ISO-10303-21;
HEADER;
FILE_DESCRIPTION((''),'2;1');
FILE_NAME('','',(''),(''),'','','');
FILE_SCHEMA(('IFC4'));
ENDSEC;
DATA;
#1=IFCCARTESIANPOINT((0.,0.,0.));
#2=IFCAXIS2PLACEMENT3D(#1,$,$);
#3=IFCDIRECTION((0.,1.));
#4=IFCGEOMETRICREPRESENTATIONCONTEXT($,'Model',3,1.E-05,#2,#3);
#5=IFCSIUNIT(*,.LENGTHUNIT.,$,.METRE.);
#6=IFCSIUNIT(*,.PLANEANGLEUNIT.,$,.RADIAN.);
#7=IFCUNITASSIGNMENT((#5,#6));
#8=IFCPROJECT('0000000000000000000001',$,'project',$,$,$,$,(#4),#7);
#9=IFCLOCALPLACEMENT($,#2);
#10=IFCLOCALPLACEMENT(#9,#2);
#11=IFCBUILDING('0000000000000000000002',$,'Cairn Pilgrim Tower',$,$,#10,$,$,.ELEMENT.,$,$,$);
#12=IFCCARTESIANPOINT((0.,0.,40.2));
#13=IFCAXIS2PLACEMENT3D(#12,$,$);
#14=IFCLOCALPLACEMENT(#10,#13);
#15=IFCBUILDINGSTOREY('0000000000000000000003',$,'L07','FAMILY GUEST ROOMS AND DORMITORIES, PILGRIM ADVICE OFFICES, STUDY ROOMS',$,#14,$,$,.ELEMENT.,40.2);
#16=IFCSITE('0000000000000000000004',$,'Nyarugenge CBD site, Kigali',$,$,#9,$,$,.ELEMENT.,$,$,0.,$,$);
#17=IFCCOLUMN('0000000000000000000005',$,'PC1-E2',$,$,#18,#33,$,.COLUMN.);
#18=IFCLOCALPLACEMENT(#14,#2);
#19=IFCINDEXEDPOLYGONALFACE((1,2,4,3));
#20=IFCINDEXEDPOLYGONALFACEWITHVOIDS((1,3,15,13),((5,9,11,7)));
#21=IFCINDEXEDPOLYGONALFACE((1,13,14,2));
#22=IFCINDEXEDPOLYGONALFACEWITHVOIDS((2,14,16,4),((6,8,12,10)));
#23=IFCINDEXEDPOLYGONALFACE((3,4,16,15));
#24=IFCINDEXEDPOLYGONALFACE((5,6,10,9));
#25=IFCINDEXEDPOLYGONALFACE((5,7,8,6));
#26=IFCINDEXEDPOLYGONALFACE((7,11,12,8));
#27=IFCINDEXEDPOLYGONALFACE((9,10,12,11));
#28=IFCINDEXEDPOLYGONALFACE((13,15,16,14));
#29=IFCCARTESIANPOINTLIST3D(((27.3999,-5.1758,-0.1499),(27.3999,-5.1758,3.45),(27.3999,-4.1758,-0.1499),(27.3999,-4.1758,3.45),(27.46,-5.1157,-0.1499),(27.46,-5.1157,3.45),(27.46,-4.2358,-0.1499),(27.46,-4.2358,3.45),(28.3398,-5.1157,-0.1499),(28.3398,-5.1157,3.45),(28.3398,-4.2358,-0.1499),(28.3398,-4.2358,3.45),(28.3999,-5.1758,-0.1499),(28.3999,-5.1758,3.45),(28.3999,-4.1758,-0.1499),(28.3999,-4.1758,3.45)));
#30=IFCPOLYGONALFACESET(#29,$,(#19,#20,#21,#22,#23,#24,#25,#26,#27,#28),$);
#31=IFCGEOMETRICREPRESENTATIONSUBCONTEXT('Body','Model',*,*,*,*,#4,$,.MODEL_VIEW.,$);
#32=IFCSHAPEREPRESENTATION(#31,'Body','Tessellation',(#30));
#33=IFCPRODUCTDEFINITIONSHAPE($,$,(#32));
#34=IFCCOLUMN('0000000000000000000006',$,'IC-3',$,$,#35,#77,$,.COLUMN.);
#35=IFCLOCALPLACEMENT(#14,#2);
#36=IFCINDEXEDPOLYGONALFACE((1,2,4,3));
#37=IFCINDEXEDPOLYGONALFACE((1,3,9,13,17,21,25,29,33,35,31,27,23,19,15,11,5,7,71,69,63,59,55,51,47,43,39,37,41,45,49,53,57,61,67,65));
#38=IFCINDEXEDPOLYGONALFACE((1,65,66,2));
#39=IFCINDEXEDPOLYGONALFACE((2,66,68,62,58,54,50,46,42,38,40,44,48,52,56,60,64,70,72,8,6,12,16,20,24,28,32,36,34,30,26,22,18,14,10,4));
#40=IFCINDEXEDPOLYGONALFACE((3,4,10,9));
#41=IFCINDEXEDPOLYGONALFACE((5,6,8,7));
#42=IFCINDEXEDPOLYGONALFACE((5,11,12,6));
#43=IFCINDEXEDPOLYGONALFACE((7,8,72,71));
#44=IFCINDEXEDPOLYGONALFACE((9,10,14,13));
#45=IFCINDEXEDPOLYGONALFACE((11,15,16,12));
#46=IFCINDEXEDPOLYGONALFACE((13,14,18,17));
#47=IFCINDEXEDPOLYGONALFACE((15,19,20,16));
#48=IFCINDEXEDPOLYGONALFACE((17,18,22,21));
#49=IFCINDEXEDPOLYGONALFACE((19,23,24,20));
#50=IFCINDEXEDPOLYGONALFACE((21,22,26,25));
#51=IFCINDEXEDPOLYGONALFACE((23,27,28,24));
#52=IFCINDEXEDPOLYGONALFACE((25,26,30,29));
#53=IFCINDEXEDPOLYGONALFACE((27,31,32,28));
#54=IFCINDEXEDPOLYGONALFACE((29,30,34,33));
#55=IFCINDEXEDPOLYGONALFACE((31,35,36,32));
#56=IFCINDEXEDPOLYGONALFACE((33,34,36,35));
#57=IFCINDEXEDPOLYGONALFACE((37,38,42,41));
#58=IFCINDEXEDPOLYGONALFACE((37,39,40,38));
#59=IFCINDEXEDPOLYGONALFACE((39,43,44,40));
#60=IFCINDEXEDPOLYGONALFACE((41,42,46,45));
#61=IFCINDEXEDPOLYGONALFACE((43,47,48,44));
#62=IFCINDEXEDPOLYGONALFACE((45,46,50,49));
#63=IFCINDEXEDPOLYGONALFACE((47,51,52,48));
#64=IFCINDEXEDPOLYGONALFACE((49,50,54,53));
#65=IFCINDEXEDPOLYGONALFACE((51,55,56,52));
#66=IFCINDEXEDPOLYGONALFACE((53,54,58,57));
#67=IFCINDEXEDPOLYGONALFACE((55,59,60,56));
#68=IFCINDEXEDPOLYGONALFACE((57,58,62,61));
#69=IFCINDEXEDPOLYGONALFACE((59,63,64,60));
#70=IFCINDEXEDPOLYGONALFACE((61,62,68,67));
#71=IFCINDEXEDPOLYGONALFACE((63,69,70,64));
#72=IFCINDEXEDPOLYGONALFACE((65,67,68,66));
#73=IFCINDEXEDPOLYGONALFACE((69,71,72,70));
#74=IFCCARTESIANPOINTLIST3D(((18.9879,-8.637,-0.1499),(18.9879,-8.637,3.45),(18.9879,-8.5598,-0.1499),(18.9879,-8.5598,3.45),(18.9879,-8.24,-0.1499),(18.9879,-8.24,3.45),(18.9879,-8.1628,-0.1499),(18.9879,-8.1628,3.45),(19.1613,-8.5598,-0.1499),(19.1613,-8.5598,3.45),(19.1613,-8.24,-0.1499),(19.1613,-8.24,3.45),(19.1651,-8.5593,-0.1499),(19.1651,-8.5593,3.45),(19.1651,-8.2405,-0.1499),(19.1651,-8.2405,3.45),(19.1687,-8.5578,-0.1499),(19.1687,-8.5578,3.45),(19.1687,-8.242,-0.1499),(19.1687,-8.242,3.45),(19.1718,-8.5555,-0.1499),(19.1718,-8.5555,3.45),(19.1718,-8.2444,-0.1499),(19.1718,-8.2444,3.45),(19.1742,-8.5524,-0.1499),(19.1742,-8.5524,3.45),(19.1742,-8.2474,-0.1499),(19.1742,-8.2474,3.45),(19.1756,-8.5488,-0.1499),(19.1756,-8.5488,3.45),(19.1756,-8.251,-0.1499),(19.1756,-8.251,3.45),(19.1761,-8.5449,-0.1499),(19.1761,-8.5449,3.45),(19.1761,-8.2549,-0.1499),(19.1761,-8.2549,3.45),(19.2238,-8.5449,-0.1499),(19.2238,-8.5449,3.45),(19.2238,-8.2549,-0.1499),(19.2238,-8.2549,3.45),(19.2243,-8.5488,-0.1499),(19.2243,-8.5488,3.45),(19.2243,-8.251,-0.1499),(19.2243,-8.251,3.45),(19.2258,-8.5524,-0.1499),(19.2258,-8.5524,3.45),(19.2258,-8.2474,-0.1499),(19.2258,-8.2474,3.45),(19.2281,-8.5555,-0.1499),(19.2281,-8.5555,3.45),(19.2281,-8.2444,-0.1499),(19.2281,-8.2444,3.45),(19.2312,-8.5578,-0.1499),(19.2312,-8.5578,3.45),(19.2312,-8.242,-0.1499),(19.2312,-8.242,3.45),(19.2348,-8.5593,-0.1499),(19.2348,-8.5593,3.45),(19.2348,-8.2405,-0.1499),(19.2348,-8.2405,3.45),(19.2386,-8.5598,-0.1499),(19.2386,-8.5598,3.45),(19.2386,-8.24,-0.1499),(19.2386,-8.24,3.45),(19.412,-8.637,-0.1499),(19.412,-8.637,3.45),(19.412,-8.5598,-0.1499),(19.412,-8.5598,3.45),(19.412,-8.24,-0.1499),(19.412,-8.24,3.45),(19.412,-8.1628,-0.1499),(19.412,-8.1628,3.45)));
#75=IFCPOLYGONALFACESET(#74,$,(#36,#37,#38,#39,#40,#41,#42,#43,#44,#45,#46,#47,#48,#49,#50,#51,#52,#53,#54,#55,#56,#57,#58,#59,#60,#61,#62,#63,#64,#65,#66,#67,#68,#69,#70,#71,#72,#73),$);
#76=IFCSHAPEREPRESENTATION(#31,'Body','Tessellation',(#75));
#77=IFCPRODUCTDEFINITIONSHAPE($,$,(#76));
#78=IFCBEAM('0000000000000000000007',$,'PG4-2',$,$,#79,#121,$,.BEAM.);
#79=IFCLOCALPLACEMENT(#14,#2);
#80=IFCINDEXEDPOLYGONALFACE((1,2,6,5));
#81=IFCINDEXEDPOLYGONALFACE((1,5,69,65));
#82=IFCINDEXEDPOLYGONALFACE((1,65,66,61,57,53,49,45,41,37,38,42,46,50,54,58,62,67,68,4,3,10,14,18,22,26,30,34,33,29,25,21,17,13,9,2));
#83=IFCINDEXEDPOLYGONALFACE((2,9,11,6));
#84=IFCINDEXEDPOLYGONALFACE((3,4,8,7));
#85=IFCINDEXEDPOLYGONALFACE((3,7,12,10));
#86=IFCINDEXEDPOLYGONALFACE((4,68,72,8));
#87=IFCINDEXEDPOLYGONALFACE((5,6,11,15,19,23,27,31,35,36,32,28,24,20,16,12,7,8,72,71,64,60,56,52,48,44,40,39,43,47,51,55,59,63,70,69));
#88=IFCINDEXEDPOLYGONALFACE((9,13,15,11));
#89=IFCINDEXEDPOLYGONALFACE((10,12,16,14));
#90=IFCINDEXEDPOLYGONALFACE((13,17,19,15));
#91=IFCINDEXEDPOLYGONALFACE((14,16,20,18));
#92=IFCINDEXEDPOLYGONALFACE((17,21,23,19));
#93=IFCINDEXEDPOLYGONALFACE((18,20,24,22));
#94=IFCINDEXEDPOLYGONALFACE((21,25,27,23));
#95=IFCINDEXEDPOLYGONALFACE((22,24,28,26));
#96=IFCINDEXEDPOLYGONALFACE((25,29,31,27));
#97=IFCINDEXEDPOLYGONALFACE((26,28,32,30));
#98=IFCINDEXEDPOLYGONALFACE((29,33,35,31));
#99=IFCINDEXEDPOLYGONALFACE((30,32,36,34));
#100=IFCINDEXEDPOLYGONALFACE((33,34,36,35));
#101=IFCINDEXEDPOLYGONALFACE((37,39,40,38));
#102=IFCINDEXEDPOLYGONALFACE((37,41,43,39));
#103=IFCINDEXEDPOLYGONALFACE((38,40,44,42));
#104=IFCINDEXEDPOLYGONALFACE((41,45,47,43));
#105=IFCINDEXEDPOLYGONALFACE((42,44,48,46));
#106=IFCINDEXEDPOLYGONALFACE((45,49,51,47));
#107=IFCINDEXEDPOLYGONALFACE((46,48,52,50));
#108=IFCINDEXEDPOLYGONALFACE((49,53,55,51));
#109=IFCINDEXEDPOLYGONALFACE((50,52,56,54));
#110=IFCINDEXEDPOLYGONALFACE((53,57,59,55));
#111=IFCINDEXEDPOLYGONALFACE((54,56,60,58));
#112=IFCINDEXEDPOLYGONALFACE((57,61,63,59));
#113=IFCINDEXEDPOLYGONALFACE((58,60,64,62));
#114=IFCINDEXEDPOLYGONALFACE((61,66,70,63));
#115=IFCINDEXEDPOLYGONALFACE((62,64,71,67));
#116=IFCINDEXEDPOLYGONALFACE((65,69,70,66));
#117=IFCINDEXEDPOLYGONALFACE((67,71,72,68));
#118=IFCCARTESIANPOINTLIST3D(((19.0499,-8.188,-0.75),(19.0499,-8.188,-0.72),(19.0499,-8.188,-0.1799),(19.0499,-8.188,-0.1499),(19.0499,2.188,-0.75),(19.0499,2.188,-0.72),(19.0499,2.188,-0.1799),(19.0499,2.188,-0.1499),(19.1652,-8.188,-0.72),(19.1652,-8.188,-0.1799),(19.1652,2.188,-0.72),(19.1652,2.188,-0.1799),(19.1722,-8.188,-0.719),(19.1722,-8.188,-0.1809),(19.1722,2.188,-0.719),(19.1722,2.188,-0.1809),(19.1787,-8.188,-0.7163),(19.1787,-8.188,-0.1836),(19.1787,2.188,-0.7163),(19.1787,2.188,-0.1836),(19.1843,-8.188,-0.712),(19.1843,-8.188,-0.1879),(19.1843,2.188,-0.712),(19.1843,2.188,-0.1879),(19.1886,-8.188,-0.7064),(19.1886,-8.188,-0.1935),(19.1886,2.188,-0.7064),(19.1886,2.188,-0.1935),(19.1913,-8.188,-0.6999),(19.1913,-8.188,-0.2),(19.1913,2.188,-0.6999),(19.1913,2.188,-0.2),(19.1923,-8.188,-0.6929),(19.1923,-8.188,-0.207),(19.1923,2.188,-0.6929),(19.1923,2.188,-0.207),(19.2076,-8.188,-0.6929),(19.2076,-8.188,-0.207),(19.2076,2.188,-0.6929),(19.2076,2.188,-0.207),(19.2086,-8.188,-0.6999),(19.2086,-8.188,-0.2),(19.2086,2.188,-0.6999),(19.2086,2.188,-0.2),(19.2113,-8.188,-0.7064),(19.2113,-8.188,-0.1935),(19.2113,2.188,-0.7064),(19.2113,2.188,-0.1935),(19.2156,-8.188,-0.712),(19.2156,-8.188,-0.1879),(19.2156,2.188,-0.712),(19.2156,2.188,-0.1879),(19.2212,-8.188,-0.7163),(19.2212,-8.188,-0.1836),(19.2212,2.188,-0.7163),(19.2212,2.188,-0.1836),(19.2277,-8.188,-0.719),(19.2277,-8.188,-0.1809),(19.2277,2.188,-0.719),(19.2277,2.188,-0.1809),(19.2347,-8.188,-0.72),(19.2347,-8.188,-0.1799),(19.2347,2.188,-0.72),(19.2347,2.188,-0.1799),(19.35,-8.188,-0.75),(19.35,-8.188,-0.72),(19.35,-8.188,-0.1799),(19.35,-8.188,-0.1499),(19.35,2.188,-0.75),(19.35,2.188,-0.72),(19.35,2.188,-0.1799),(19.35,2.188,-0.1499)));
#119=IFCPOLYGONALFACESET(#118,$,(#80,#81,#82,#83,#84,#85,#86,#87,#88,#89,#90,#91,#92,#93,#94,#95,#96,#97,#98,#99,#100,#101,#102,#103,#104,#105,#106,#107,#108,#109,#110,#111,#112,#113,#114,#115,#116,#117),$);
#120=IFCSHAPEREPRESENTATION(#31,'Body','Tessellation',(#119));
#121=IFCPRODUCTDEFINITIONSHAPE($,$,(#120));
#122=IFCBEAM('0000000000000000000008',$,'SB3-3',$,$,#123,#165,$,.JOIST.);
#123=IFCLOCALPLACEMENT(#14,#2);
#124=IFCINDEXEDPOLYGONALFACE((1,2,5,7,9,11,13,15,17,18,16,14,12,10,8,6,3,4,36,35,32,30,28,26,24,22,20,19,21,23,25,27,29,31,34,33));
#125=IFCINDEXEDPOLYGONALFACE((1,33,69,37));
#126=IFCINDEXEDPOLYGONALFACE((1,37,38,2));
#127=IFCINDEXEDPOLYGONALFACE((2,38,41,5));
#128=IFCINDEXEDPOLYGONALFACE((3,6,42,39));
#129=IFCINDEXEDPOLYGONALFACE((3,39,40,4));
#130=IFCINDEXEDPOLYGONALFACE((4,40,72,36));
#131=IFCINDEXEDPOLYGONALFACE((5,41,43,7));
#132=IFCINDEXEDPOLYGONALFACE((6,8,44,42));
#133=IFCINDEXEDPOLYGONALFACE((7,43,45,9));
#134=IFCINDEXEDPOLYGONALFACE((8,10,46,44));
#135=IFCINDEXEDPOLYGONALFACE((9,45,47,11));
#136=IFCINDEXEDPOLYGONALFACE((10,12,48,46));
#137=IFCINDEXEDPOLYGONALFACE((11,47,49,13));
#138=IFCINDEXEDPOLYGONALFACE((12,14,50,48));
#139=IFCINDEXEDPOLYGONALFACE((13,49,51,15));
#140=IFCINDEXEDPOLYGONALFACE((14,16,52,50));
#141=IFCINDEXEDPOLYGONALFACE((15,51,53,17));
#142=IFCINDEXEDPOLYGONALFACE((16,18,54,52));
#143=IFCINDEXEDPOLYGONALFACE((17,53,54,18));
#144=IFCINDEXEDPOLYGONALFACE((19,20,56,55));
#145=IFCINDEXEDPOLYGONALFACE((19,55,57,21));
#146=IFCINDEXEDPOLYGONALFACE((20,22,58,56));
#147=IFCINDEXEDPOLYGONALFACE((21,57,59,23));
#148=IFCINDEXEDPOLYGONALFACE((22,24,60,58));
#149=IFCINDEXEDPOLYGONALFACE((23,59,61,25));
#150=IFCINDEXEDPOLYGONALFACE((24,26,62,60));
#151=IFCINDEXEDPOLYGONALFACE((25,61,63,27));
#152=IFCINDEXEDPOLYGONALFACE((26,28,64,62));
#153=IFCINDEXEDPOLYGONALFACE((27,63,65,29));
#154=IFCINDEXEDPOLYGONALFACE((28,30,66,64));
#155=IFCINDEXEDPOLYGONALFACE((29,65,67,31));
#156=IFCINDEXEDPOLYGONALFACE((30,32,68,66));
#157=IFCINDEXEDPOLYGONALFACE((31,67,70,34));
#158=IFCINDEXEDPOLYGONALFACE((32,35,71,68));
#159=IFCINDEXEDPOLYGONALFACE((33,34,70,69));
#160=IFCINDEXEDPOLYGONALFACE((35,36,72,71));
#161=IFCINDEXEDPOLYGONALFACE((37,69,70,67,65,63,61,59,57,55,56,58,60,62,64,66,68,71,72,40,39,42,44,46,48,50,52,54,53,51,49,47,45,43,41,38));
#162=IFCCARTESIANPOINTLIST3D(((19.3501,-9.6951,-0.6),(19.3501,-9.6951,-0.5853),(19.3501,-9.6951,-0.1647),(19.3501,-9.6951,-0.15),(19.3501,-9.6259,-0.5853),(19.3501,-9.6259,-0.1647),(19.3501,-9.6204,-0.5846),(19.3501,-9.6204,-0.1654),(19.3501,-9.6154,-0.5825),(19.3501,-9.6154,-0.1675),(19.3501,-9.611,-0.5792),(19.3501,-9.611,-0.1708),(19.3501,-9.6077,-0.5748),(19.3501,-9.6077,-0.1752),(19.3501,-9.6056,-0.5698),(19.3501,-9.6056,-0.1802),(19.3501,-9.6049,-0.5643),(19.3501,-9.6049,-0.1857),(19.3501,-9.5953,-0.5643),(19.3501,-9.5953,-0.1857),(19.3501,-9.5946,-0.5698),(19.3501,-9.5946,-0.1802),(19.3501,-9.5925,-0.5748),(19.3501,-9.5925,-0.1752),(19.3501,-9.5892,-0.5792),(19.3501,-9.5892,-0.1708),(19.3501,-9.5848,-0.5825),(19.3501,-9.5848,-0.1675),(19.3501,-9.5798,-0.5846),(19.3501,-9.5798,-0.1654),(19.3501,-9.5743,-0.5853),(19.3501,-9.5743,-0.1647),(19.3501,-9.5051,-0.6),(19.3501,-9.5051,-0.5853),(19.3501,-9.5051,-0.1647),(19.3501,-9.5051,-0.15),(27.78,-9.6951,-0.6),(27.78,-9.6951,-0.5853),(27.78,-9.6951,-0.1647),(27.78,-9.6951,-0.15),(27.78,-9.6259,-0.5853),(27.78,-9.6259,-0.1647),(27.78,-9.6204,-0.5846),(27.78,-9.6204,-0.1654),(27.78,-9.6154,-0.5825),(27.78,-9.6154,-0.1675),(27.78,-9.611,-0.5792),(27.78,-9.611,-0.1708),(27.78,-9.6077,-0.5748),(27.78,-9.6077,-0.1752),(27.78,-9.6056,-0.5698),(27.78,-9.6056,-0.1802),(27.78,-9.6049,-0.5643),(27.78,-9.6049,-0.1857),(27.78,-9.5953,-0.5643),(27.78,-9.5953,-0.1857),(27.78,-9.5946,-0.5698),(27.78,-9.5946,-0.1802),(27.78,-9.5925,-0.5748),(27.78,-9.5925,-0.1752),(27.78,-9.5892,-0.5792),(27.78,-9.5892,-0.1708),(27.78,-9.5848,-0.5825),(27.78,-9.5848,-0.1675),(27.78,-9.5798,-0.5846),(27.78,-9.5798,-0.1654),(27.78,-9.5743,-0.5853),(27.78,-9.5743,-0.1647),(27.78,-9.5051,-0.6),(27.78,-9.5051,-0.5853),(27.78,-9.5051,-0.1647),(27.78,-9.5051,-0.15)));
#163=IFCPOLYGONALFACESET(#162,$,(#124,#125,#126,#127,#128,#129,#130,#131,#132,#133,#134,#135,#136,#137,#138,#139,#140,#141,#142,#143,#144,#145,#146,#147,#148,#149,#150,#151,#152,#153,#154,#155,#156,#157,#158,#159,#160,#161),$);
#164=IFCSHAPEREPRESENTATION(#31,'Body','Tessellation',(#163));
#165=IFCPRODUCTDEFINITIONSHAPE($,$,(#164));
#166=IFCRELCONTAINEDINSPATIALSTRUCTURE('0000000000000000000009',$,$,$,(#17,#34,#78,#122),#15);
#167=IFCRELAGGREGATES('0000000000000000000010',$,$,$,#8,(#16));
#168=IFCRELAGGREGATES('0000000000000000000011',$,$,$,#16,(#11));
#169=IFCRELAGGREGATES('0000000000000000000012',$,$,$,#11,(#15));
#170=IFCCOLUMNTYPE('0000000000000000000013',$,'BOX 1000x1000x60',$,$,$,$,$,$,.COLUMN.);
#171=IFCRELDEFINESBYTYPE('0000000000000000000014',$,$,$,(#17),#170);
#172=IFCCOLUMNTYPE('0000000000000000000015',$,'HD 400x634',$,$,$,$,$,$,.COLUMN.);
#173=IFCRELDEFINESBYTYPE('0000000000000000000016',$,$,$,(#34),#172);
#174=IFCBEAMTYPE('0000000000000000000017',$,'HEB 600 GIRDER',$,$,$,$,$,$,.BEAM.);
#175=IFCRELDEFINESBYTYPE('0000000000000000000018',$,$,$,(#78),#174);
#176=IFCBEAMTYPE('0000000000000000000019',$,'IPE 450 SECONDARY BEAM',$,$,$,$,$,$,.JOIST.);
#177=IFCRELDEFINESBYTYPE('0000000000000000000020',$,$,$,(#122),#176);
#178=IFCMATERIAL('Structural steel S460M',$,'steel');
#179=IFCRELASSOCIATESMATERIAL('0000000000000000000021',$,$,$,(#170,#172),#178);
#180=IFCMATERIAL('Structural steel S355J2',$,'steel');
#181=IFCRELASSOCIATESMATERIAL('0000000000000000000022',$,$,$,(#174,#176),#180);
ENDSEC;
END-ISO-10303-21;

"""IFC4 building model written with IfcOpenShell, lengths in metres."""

from ifc_helpers import new_model, si_unit, direction, frame, origin, origin_2d, place, context, subcontext, project, spatial, hollow_rectangle, i_section, extrude, material, material_profile, profile_set, type_object, element, save


model = new_model("IFC4")

# Units and contexts
model_context = context("Model", 3, precision=1e-05, world=origin(), true_north=direction((0.0, 1.0)))
body_context = subcontext(model_context, "Body", "Model", "MODEL_VIEW")
ifc_project = project(units=[si_unit("LENGTHUNIT", "METRE"), si_unit("PLANEANGLEUNIT", "RADIAN")], contexts=[model_context])

# Site, building, storey
site_placement = place(None, origin())
site = spatial("IfcSite", under=ifc_project, at=site_placement, Name="Nyarugenge CBD site, Kigali", CompositionType="ELEMENT", RefElevation=0.0)
building_placement = place(site_placement, origin())
building = spatial("IfcBuilding", under=site, at=building_placement, Name="Cairn Pilgrim Tower", CompositionType="ELEMENT")
storey_placement = place(building_placement, frame((0.0, 0.0, 40.2)))
storey = spatial("IfcBuildingStorey", under=building, at=storey_placement, Name="L07", Description="FAMILY GUEST ROOMS AND DORMITORIES, PILGRIM ADVICE OFFICES, STUDY ROOMS", CompositionType="ELEMENT", Elevation=40.2)

# Columns
ifc_material_1 = material(Name="Structural steel S460M", Category="steel")
ifc_material_profile_1 = material_profile(ifc_material_1, hollow_rectangle(XDim=1.0, YDim=1.0, WallThickness=0.0601, at=origin_2d()), Name="BOX 1000x1000x60")
ifc_profile_set_1 = profile_set([ifc_material_profile_1], Name="Structural steel S460M")
column_type_1 = type_object("IfcColumnType", Name="BOX 1000x1000x60", PredefinedType="COLUMN", material=ifc_profile_set_1)
column_1_placement = place(storey_placement, frame((27.8999, -4.6758, -0.1499), z_axis=(0.0, 0.0, 1.0), x_axis=(1.0, 0.0, 0.0)))
element("IfcColumn", 1, at=column_1_placement, inside=storey, type_object=column_type_1, Name="PC1-E2", PredefinedType="COLUMN", context=body_context, shape_type="SweptSolid", body=[
    extrude(hollow_rectangle(XDim=1.0, YDim=1.0, WallThickness=0.0601, at=origin_2d()), origin(), (0.0, 0.0, 1.0), 3.5999),
])
ifc_material_profile_2 = material_profile(ifc_material_1, i_section(OverallWidth=0.4241, OverallDepth=0.4741, WebThickness=0.0476, FlangeThickness=0.0771, FilletRadius=0.0149, at=origin_2d()), Name="HD 400x634")
ifc_profile_set_2 = profile_set([ifc_material_profile_2], Name="Structural steel S460M")
column_type_2 = type_object("IfcColumnType", Name="HD 400x634", PredefinedType="COLUMN", material=ifc_profile_set_2)
column_2_placement = place(storey_placement, frame((19.2, -8.3999, -0.1499), z_axis=(0.0, 0.0, 1.0), x_axis=(1.0, 0.0, 0.0)))
element("IfcColumn", 2, at=column_2_placement, inside=storey, type_object=column_type_2, Name="IC-3", PredefinedType="COLUMN", context=body_context, shape_type="SweptSolid", body=[
    extrude(i_section(OverallWidth=0.4241, OverallDepth=0.4741, WebThickness=0.0476, FlangeThickness=0.0771, FilletRadius=0.0149, at=origin_2d()), origin(), (0.0, 0.0, 1.0), 3.5999),
])

# Beams
ifc_material_2 = material(Name="Structural steel S355J2", Category="steel")
ifc_material_profile_3 = material_profile(ifc_material_2, i_section(OverallWidth=0.3, OverallDepth=0.6001, WebThickness=0.0154, FlangeThickness=0.03, FilletRadius=0.0271, at=origin_2d()), Name="HEB 600")
ifc_profile_set_3 = profile_set([ifc_material_profile_3], Name="Structural steel S355J2")
beam_type_1 = type_object("IfcBeamType", Name="HEB 600 GIRDER", PredefinedType="BEAM", material=ifc_profile_set_3)
beam_placement = place(storey_placement, frame((19.2, -8.188, -0.45), z_axis=(0.0, 1.0, 0.0), x_axis=(-1.0, 0.0, 0.0)))
element("IfcBeam", 3, at=beam_placement, inside=storey, type_object=beam_type_1, Name="PG4-2", PredefinedType="BEAM", context=body_context, shape_type="SweptSolid", body=[
    extrude(i_section(OverallWidth=0.3, OverallDepth=0.6001, WebThickness=0.0154, FlangeThickness=0.03, FilletRadius=0.0271, at=origin_2d()), origin(), (0.0, 0.0, 1.0), 10.376),
])
ifc_material_profile_4 = material_profile(ifc_material_2, i_section(OverallWidth=0.1899, OverallDepth=0.45, WebThickness=0.0095, FlangeThickness=0.0146, FilletRadius=0.021, at=origin_2d()), Name="IPE 450")
ifc_profile_set_4 = profile_set([ifc_material_profile_4], Name="Structural steel S355J2")
beam_type_2 = type_object("IfcBeamType", Name="IPE 450 SECONDARY BEAM", PredefinedType="JOIST", material=ifc_profile_set_4)
for number, where, z_axis, x_axis, name in (
    (4, (19.3501, -9.6001, -0.375), (1.0, 0.0, 0.0), (0.0, 1.0, 0.0), "SB3-3"),
):
    element("IfcBeam", number, at=place(storey_placement, frame(where, z_axis=z_axis, x_axis=x_axis)), inside=storey, type_object=beam_type_2, Name=name, PredefinedType="JOIST", context=body_context, shape_type="SweptSolid", body=[
        extrude(i_section(OverallWidth=0.1899, OverallDepth=0.45, WebThickness=0.0095, FlangeThickness=0.0146, FilletRadius=0.021, at=origin_2d()), origin(), (0.0, 0.0, 1.0), 8.4299),
    ])

save(model, "model.ifc")
